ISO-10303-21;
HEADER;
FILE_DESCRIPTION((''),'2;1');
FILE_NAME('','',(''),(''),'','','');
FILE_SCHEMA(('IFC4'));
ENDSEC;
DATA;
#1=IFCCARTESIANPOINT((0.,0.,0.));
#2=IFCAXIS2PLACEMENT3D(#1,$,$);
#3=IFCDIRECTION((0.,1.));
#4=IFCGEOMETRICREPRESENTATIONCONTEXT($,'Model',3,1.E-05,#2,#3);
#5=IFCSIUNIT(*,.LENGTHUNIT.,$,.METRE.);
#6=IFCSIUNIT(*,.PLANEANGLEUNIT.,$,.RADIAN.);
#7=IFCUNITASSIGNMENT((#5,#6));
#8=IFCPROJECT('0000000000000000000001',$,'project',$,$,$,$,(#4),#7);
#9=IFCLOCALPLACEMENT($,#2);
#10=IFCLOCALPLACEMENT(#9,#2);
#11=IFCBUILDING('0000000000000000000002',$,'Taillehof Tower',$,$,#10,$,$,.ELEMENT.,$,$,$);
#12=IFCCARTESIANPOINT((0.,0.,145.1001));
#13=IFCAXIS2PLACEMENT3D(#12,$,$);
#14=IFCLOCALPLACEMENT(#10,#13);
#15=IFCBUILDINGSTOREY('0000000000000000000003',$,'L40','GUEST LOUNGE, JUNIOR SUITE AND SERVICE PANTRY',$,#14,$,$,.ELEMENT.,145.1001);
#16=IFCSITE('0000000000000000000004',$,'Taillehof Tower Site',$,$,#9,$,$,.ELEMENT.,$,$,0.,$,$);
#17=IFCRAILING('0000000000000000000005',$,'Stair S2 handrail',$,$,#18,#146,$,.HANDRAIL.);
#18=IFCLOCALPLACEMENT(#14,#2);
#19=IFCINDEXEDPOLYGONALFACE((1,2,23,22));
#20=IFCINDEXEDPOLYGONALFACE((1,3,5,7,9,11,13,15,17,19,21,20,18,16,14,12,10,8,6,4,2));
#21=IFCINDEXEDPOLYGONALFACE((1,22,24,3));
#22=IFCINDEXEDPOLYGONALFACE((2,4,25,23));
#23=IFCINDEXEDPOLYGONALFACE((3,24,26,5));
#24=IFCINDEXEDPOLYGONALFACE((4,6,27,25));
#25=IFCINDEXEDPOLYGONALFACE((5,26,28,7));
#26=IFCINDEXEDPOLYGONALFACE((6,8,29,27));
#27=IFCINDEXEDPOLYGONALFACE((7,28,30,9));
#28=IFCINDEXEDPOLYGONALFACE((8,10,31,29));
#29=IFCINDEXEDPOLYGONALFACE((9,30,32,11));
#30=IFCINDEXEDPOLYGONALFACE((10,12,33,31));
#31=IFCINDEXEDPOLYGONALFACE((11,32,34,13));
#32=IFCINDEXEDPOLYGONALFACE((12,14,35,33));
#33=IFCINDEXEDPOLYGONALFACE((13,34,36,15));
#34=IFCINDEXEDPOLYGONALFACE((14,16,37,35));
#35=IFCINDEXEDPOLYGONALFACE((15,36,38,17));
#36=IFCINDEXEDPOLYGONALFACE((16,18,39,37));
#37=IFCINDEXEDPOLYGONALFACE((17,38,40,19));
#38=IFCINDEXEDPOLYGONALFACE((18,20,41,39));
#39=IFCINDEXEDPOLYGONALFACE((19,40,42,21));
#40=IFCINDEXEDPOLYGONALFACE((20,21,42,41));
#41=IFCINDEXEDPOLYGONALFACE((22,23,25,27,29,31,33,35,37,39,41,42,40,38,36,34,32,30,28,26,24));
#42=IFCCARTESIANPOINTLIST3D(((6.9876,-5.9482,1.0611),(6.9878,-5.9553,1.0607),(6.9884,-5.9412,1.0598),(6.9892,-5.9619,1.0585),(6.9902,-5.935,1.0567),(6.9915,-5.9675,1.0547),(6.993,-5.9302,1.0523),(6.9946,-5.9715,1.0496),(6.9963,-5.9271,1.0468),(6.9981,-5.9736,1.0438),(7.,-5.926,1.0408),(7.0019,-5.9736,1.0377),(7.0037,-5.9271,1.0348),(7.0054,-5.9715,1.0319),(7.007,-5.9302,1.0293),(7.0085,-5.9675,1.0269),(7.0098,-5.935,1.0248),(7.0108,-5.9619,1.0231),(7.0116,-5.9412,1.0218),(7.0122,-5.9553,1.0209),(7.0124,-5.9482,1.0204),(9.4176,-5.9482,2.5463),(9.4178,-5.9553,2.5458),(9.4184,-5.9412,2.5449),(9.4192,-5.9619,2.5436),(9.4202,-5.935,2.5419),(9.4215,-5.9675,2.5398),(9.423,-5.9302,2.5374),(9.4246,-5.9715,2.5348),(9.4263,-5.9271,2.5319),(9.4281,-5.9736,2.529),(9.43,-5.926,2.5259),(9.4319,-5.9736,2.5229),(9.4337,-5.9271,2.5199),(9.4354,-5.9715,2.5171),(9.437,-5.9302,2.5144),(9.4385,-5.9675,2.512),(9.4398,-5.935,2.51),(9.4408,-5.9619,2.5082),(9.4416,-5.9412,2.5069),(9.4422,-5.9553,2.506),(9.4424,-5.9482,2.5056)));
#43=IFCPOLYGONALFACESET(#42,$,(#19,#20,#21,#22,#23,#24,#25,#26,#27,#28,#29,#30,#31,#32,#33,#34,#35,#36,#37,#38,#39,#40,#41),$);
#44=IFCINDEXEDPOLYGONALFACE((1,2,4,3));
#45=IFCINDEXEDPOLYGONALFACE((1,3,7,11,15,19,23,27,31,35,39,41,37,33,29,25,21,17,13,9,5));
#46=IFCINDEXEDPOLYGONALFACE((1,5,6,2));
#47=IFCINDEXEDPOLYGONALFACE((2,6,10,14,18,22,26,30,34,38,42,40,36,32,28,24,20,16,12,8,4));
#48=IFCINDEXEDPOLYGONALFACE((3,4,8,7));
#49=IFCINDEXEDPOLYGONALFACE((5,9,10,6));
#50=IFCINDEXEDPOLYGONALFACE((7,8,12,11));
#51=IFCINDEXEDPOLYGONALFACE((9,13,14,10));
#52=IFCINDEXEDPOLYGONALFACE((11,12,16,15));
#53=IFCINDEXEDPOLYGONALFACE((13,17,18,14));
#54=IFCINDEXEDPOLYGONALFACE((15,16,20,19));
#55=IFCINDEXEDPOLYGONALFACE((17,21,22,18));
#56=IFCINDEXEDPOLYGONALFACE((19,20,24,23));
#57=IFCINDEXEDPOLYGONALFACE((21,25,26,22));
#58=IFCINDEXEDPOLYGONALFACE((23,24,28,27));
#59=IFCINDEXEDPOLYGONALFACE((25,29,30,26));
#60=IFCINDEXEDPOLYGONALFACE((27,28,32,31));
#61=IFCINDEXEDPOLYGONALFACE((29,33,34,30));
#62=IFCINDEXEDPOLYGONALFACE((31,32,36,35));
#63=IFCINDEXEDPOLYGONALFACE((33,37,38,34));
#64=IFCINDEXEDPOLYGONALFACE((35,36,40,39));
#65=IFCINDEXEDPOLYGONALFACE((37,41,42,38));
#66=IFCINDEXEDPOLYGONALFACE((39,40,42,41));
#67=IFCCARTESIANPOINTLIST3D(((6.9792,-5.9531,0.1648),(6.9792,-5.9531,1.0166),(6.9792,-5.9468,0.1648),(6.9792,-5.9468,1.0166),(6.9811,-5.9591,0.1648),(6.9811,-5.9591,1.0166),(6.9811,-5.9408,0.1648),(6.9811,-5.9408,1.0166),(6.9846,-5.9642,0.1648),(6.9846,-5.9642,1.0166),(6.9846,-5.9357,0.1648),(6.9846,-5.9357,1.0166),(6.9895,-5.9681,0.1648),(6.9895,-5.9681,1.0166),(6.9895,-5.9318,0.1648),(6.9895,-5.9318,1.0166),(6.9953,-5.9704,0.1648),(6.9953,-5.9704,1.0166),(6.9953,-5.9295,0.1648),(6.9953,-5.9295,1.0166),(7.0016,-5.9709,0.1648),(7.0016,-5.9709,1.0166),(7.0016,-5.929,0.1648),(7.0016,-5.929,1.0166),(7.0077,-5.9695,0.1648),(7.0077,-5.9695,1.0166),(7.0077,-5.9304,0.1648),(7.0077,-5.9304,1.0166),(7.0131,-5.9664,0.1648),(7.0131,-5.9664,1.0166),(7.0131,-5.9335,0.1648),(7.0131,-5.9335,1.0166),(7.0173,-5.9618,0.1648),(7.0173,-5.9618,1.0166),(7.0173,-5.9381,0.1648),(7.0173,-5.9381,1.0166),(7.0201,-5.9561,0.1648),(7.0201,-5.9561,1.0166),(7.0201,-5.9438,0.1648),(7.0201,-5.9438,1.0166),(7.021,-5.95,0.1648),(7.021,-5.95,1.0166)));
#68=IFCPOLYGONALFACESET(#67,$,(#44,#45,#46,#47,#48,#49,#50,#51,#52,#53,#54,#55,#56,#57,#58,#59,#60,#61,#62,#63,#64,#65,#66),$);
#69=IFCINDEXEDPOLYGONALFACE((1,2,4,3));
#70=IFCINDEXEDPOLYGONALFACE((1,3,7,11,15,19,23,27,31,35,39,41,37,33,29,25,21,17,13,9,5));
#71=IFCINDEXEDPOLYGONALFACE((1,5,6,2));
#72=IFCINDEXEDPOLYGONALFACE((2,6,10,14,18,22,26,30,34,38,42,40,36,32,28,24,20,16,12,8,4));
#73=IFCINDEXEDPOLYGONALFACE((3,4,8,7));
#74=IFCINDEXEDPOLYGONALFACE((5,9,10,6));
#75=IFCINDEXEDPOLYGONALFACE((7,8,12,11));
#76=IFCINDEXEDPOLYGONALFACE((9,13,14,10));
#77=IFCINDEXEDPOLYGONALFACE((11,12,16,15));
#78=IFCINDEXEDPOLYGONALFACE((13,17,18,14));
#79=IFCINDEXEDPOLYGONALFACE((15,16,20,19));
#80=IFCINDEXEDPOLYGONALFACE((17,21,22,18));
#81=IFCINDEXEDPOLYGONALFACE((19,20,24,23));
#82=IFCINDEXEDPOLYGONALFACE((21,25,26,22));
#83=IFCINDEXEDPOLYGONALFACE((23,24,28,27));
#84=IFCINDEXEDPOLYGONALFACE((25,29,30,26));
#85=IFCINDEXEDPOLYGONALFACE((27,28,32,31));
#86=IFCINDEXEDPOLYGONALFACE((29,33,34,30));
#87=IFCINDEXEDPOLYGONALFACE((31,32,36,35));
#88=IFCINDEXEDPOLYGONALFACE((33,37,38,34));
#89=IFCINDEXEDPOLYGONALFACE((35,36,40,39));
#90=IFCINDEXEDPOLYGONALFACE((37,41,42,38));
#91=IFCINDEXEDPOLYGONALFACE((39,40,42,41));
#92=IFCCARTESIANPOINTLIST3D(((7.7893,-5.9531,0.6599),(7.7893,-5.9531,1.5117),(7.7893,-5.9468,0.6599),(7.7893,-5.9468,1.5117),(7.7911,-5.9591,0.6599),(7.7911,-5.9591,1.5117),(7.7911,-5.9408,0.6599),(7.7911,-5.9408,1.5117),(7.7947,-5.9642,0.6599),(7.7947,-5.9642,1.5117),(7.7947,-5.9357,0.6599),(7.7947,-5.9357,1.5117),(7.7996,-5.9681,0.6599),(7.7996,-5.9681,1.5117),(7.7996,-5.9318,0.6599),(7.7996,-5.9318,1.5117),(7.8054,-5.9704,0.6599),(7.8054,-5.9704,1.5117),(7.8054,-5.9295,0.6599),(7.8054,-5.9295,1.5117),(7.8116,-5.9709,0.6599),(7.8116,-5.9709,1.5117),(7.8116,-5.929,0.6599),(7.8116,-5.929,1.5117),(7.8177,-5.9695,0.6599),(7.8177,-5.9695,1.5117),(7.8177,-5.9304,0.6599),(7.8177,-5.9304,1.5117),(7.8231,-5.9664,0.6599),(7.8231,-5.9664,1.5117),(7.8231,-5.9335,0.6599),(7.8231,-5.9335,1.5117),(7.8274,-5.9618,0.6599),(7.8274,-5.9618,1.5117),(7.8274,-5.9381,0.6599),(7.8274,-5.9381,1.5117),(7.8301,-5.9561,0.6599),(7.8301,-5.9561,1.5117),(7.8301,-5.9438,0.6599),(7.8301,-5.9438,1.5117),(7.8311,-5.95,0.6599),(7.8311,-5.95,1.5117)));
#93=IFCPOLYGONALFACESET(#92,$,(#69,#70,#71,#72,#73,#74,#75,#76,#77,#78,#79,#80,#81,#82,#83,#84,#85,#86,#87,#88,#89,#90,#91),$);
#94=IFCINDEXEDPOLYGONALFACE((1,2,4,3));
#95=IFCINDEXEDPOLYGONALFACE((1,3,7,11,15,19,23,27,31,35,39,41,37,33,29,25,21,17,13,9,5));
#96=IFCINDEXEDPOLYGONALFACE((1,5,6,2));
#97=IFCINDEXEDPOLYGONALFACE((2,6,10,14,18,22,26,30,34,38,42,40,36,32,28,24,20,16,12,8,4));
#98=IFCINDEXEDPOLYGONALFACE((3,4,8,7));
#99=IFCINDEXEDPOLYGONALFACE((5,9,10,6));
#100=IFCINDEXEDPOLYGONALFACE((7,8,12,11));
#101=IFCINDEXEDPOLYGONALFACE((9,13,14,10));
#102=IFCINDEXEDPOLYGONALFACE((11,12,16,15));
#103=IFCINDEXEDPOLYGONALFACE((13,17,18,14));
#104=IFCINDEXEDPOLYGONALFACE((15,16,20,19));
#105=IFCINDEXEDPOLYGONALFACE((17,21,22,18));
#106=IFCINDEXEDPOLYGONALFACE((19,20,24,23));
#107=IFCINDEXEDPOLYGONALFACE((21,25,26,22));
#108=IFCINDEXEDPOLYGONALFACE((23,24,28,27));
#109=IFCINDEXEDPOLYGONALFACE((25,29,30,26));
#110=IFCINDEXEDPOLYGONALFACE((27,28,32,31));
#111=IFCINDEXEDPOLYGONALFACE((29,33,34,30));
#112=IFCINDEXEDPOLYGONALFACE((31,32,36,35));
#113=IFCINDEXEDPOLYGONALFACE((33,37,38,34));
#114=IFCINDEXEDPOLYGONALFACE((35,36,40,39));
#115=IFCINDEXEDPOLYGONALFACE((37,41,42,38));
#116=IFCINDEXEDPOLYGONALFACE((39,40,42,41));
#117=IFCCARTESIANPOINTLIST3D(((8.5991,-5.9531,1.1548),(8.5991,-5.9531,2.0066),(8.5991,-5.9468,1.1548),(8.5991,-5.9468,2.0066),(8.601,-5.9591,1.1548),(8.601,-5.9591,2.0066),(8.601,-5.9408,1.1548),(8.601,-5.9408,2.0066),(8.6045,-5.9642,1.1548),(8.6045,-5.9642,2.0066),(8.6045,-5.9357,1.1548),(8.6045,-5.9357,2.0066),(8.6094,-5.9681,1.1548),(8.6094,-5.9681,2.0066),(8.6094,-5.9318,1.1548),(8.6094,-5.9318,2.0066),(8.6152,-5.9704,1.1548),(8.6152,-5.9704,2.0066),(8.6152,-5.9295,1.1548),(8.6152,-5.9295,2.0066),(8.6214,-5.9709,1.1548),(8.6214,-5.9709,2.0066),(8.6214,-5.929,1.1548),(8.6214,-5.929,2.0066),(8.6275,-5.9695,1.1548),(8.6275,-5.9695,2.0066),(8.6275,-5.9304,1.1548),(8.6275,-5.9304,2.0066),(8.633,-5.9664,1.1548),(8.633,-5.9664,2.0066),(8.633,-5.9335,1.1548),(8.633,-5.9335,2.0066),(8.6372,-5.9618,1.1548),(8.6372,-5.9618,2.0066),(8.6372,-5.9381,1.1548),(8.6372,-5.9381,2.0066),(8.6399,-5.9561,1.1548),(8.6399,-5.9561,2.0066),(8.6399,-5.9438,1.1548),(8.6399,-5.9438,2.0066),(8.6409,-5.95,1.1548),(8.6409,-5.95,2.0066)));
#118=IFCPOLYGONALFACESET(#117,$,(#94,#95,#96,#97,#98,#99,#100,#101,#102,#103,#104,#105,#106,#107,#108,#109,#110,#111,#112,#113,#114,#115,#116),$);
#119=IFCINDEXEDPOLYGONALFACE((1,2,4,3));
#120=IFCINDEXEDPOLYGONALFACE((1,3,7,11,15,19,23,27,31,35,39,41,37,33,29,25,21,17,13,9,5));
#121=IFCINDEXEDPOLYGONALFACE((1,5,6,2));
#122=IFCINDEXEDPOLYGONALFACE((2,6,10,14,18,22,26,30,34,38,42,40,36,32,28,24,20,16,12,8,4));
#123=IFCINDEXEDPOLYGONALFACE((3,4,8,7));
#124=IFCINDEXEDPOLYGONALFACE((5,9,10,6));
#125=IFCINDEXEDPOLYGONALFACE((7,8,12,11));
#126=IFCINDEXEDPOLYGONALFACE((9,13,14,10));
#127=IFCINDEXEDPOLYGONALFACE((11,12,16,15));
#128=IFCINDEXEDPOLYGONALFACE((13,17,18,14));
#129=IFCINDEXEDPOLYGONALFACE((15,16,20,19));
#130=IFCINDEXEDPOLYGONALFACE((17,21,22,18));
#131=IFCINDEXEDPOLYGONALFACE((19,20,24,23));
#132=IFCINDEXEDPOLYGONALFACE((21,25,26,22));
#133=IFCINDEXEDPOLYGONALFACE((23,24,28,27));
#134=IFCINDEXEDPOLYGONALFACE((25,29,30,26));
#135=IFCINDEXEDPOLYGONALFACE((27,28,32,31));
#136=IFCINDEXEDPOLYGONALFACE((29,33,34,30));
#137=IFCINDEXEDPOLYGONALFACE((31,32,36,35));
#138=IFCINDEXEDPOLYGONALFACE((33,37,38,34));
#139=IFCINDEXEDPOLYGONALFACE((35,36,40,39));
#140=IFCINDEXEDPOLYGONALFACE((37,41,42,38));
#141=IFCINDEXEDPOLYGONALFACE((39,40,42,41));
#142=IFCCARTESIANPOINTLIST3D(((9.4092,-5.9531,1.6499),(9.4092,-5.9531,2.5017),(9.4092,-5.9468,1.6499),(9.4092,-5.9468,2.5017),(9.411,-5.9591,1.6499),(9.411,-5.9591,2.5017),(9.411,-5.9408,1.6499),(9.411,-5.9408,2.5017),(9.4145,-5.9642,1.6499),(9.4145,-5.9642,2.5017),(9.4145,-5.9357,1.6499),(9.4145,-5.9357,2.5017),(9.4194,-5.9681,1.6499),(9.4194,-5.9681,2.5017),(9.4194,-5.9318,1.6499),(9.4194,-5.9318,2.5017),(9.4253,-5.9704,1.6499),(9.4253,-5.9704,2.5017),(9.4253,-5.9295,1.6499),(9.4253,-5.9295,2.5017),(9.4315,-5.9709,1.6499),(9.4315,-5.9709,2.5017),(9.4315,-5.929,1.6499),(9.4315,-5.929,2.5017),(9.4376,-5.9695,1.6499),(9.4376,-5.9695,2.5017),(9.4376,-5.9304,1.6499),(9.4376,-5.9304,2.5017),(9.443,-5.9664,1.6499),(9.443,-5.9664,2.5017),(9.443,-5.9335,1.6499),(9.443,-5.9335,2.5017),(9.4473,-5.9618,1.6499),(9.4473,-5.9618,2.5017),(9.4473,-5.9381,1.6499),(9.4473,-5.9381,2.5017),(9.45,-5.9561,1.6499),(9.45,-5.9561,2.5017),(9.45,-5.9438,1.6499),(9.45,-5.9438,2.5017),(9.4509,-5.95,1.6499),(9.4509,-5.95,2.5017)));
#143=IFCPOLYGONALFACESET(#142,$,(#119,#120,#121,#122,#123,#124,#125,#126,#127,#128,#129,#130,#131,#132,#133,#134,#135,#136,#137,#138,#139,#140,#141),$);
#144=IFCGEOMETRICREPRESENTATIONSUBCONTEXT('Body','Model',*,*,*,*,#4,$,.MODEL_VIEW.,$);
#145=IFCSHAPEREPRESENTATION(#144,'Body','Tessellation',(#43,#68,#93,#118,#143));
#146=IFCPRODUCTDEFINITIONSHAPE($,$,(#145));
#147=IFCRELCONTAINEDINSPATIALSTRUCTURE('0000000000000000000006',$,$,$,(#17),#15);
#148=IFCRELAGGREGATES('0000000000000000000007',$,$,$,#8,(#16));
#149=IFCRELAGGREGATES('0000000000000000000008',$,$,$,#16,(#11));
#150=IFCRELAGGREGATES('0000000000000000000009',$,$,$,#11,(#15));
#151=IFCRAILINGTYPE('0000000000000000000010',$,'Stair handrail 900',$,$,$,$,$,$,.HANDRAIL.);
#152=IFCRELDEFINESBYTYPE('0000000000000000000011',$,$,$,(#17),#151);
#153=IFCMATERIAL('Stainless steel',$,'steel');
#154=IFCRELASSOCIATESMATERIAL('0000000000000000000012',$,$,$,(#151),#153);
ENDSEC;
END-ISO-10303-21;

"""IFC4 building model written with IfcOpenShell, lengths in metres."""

from ifc_helpers import new_model, si_unit, direction, frame, origin, origin_2d, place, context, subcontext, project, spatial, circle, extrude, material, type_object, element, save


model = new_model("IFC4")

# Units and contexts
model_context = context("Model", 3, precision=1e-05, world=origin(), true_north=direction((0.0, 1.0)))
body_context = subcontext(model_context, "Body", "Model", "MODEL_VIEW")
ifc_project = project(units=[si_unit("LENGTHUNIT", "METRE"), si_unit("PLANEANGLEUNIT", "RADIAN")], contexts=[model_context])

# Site, building, storey
site_placement = place(None, origin())
site = spatial("IfcSite", under=ifc_project, at=site_placement, Name="Taillehof Tower Site", CompositionType="ELEMENT", RefElevation=0.0)
building_placement = place(site_placement, origin())
building = spatial("IfcBuilding", under=site, at=building_placement, Name="Taillehof Tower", CompositionType="ELEMENT")
storey_placement = place(building_placement, frame((0.0, 0.0, 145.1001)))
storey = spatial("IfcBuildingStorey", under=building, at=storey_placement, Name="L40", Description="GUEST LOUNGE, JUNIOR SUITE AND SERVICE PANTRY", CompositionType="ELEMENT", Elevation=145.1001)

# Railing
ifc_material_1 = material(Name="Stainless steel", Category="steel")
railing_type = type_object("IfcRailingType", Name="Stair handrail 900", PredefinedType="HANDRAIL", material=ifc_material_1)
railing_placement = place(storey_placement, frame((7.0, -5.95, 0.1648)))
element("IfcRailing", 1, at=railing_placement, inside=storey, type_object=railing_type, Name="Stair S2 handrail", PredefinedType="HANDRAIL", context=body_context, shape_type="SweptSolid", body=[
    extrude(circle(Radius=0.0239, at=origin_2d()), frame((0.0, 0.0, 0.876), z_axis=(0.853259, 0.0, 0.521488), x_axis=(0.0, 1.0, 0.0)), (0.0, 0.0, 1.0), 2.8479),
    extrude(circle(Radius=0.021, at=origin_2d()), origin(), (0.0, 0.0, 1.0), 0.8518),
    extrude(circle(Radius=0.021, at=origin_2d()), frame((0.8101, 0.0, 0.4951)), (0.0, 0.0, 1.0), 0.8518),
    extrude(circle(Radius=0.021, at=origin_2d()), frame((1.6199, 0.0, 0.99)), (0.0, 0.0, 1.0), 0.8518),
    extrude(circle(Radius=0.021, at=origin_2d()), frame((2.4299, 0.0, 1.4851)), (0.0, 0.0, 1.0), 0.8518),
])

save(model, "model.ifc")
